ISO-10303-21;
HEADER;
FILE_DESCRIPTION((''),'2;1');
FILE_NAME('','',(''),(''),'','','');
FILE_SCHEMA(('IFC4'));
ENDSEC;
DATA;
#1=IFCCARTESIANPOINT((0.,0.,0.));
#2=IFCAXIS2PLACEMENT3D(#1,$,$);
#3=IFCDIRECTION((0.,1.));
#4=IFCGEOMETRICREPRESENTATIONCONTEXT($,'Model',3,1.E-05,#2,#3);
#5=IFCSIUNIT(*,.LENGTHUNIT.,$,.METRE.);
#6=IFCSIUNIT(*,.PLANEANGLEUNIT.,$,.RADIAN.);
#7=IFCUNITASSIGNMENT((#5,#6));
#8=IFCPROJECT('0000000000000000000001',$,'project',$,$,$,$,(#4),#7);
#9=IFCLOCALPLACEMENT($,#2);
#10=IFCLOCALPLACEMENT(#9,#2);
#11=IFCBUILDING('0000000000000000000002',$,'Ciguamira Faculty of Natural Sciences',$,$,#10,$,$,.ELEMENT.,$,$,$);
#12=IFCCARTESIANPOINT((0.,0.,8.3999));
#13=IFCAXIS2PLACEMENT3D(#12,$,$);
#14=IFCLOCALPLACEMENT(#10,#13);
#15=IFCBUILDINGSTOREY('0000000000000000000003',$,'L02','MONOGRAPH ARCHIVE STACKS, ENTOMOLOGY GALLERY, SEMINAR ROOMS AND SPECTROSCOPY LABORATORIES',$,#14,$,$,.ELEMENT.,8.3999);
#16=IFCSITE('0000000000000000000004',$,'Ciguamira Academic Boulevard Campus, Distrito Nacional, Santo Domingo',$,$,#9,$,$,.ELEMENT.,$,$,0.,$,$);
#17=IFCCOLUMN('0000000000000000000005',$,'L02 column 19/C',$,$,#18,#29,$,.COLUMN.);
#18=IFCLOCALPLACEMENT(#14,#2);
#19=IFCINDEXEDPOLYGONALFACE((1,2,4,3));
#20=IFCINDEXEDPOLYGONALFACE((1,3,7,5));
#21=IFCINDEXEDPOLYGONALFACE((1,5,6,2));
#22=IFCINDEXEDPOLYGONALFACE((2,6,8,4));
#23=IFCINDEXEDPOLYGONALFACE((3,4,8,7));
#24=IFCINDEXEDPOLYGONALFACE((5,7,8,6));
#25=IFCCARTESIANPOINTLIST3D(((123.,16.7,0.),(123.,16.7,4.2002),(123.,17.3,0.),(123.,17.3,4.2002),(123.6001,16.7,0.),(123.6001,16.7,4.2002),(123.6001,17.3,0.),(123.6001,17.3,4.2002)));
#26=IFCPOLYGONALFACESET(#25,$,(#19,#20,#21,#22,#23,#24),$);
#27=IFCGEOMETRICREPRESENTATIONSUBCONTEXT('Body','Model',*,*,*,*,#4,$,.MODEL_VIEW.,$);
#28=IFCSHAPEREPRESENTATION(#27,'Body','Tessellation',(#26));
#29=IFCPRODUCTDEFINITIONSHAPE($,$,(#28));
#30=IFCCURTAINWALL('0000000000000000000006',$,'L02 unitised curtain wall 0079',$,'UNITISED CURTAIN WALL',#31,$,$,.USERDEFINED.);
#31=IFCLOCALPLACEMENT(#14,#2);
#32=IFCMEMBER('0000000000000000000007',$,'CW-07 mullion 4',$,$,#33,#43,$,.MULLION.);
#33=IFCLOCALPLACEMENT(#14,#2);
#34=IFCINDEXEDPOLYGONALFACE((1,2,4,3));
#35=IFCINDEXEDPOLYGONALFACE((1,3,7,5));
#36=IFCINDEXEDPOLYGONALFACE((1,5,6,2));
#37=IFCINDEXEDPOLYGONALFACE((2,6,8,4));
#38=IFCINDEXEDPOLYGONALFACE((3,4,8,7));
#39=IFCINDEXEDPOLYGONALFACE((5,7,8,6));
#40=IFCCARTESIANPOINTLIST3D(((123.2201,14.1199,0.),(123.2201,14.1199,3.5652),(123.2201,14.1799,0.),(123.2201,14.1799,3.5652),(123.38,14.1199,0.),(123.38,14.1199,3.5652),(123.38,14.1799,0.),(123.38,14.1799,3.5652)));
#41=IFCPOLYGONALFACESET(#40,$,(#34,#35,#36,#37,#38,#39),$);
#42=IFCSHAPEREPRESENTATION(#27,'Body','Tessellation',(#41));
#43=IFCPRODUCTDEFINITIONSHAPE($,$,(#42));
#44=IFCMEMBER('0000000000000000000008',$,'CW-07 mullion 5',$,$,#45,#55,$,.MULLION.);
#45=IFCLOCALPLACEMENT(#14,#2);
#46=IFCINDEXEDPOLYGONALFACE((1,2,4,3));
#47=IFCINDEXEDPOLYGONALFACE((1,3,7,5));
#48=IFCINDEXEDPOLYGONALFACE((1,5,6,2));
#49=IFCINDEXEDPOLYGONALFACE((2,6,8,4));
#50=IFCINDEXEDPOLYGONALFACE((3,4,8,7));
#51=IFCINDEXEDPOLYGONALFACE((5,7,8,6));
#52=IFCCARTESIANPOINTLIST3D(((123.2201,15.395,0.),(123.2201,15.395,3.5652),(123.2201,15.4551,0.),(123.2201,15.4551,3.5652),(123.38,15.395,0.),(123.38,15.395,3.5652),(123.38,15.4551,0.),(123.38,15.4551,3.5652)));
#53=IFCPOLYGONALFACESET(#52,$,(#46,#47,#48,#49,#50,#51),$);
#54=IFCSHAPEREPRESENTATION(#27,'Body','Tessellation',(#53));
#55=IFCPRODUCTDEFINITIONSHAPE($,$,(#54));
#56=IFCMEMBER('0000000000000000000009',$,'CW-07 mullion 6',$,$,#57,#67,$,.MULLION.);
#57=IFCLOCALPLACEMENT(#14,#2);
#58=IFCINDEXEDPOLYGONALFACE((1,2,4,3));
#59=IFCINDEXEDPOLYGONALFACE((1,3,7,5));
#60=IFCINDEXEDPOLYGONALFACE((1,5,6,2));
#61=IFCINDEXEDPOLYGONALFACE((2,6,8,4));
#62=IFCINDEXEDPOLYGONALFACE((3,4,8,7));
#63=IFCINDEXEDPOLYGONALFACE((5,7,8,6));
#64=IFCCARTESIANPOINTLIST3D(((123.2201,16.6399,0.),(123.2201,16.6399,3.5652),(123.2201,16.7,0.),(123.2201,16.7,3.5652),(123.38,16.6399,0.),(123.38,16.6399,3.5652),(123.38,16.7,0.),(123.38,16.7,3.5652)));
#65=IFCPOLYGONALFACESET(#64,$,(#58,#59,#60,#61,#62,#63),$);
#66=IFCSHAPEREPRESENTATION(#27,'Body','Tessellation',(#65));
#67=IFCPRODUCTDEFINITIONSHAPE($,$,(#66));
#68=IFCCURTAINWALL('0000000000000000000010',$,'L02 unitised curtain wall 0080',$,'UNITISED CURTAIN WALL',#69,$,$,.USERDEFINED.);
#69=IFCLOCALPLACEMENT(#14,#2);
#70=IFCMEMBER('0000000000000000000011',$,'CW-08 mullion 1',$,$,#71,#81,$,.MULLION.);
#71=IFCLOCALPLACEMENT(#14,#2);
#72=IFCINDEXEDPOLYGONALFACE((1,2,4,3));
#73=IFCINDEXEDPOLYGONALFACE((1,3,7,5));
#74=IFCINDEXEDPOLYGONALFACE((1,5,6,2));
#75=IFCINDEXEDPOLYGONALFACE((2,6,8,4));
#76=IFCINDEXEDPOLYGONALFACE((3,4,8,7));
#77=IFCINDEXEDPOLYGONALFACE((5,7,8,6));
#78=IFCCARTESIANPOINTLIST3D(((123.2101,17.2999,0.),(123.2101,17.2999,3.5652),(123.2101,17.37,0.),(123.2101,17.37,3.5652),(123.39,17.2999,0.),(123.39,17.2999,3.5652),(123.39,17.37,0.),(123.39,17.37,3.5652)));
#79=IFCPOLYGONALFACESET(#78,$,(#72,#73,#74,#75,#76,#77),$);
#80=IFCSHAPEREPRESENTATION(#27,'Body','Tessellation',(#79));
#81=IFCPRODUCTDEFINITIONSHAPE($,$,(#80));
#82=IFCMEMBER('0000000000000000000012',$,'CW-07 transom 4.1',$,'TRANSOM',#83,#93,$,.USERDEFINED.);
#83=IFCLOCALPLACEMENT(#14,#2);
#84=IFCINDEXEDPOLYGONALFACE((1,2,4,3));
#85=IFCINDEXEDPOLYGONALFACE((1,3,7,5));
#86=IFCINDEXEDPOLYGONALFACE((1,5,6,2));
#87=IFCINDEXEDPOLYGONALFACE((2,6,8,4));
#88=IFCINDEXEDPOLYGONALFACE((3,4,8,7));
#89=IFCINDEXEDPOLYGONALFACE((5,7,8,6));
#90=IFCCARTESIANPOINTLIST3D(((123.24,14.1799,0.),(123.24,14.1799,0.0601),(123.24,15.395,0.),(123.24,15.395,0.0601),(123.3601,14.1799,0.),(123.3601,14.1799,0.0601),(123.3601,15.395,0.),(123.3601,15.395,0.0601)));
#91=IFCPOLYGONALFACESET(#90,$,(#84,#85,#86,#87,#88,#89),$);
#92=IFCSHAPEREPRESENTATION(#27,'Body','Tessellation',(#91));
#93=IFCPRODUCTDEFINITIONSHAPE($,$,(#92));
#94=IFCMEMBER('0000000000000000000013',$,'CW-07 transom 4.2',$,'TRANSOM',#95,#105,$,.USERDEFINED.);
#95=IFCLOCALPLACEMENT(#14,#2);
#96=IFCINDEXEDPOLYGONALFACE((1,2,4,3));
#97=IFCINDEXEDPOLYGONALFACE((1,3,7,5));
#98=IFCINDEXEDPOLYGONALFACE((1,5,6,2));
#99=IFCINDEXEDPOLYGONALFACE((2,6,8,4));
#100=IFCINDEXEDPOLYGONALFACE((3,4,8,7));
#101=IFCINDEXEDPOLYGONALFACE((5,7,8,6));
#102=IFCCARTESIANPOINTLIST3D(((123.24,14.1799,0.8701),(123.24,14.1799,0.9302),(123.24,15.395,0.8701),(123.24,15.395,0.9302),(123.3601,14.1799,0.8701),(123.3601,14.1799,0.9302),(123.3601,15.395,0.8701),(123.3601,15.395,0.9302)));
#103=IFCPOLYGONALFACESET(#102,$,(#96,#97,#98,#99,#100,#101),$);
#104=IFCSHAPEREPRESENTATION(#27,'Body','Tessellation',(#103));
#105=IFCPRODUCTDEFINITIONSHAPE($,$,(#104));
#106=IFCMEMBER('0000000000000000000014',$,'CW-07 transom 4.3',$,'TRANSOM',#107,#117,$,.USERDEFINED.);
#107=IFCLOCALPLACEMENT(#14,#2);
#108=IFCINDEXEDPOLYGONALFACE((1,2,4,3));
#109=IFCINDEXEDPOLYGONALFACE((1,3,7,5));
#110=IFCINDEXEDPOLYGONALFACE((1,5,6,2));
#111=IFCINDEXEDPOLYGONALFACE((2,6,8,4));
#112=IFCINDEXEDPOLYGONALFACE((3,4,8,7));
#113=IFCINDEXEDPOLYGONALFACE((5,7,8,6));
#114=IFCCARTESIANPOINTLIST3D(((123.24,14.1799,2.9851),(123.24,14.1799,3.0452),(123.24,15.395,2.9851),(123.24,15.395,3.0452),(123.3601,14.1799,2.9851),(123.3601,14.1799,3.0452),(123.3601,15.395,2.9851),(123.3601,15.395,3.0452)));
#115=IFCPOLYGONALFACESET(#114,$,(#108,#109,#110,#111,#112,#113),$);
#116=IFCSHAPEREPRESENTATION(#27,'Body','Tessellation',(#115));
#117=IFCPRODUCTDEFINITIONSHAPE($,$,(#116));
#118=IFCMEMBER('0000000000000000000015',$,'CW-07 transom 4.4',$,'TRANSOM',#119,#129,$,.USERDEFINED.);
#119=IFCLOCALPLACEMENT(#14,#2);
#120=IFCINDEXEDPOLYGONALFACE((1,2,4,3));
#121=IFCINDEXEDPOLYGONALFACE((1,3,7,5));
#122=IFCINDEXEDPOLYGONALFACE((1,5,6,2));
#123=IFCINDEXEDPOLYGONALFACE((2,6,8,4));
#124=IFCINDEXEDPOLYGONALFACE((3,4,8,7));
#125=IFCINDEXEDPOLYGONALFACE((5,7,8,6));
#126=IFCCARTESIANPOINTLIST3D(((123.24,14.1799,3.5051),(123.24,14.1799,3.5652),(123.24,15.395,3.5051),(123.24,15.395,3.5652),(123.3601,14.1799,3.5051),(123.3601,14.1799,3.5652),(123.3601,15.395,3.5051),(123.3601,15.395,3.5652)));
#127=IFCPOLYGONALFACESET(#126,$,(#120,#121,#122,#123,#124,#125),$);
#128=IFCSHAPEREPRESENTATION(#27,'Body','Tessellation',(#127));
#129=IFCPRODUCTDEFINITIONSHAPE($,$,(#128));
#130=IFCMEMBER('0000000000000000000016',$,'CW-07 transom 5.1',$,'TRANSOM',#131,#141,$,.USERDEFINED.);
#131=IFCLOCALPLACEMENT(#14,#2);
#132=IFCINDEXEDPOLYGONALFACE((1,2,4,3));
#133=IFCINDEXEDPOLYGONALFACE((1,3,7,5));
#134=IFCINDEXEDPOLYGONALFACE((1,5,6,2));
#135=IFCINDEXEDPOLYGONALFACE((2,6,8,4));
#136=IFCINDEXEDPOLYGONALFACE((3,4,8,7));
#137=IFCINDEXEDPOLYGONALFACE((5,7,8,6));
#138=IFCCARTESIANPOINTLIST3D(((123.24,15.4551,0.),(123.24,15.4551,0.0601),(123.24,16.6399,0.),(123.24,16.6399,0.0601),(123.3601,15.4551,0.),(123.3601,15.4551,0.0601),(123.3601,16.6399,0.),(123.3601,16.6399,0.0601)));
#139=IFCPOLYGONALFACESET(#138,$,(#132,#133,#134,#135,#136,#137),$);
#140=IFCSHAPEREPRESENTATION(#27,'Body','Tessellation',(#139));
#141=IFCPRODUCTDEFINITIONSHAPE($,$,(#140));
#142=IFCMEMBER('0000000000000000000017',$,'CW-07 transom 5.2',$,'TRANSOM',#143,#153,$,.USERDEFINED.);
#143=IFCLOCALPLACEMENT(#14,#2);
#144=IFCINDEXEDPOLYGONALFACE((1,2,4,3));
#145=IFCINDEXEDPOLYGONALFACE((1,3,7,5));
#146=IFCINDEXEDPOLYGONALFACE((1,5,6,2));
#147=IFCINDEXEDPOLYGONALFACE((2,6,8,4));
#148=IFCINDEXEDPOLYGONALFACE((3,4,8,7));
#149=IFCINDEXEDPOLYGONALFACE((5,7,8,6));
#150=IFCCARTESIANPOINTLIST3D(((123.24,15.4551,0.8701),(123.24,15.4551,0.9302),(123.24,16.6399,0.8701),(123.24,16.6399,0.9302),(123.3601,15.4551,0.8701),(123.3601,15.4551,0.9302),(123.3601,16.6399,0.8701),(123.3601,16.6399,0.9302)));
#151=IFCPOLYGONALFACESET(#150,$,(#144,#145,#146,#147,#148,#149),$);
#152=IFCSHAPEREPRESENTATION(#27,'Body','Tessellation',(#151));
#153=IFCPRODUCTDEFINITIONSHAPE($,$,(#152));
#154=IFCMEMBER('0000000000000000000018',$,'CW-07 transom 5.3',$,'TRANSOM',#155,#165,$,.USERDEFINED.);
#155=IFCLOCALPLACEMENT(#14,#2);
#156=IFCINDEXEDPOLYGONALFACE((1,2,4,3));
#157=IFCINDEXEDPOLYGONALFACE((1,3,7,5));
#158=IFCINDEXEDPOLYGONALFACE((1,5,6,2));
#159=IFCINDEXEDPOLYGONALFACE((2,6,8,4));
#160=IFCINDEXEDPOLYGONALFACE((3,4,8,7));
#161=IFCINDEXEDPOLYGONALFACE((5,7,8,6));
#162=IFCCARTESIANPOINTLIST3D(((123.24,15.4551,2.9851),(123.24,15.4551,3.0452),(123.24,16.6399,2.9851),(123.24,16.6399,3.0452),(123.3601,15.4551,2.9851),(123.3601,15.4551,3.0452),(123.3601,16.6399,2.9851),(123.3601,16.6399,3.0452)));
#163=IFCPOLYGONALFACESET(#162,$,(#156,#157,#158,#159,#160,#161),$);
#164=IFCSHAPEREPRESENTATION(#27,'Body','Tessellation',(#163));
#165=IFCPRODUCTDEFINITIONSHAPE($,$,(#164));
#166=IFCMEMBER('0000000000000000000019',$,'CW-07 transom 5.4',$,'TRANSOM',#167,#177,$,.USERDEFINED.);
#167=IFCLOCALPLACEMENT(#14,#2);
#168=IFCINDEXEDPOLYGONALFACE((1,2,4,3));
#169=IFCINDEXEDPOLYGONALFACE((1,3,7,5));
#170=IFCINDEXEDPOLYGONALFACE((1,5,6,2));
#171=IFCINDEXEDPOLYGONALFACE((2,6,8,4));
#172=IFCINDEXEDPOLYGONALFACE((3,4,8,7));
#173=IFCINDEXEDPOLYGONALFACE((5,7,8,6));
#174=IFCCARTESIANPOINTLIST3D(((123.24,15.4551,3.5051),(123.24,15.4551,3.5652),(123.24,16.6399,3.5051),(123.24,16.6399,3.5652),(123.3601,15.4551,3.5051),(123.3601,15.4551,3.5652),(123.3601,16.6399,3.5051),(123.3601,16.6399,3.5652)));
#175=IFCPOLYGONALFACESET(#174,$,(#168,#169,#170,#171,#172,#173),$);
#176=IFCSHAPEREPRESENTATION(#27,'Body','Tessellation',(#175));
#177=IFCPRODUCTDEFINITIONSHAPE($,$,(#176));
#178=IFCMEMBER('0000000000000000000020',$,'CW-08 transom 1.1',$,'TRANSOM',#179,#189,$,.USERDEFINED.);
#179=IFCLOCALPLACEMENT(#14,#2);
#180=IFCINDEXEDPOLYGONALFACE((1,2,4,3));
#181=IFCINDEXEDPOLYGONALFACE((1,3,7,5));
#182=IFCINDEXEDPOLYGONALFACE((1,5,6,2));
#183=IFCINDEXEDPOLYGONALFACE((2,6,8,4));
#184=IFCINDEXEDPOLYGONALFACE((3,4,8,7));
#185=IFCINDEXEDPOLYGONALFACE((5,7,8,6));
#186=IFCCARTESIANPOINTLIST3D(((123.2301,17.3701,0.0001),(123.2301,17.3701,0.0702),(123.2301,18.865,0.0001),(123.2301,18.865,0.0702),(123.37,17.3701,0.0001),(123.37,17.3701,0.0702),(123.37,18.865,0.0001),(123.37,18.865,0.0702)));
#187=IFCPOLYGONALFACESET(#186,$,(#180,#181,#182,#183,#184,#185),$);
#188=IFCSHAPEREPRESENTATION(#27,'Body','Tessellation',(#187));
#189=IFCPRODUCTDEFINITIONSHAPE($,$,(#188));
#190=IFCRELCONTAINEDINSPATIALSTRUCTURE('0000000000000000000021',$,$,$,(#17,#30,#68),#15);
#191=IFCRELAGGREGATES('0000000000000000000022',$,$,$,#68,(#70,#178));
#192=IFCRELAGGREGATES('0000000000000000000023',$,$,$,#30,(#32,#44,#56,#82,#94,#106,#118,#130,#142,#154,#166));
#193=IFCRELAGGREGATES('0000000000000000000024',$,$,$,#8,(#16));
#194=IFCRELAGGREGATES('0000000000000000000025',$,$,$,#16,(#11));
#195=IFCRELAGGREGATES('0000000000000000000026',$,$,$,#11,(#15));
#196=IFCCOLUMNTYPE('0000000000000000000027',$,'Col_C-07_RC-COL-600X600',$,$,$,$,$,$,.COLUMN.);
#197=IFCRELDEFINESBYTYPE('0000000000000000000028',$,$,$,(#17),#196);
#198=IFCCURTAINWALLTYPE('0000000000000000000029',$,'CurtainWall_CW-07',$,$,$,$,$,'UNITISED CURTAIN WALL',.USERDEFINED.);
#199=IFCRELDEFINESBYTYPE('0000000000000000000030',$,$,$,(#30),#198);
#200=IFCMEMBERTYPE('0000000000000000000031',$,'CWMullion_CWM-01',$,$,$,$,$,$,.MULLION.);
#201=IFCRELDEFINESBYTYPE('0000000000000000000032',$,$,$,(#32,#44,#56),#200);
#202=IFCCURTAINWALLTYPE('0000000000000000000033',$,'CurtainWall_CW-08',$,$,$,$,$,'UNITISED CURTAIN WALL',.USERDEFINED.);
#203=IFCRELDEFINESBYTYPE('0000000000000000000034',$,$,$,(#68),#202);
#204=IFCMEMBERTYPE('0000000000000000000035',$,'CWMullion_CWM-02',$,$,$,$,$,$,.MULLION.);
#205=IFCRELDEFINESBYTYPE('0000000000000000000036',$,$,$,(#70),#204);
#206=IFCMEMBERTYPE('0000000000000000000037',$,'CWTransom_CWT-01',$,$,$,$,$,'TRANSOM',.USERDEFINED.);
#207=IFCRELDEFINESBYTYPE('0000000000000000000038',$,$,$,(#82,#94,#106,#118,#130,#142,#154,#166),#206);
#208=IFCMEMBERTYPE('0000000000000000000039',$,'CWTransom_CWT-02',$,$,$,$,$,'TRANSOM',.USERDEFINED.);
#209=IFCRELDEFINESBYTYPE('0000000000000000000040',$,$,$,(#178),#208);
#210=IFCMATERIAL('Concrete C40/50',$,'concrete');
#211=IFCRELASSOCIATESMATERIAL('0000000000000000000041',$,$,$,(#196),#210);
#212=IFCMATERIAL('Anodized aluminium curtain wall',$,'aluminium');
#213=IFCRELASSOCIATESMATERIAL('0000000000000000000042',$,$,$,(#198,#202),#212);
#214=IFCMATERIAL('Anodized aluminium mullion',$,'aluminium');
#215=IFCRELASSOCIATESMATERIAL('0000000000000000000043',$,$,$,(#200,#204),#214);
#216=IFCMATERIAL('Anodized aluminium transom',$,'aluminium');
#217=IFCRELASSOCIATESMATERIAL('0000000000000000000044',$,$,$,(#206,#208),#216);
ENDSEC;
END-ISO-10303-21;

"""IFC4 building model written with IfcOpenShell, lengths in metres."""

from ifc_helpers import new_model, si_unit, direction, frame, origin, origin_2d, place, context, subcontext, project, spatial, rectangle, extrude, material, material_profile, profile_set, type_object, element, aggregate, save


model = new_model("IFC4")

# Units and contexts
model_context = context("Model", 3, precision=1e-05, world=origin(), true_north=direction((0.0, 1.0)))
body_context = subcontext(model_context, "Body", "Model", "MODEL_VIEW")
ifc_project = project(units=[si_unit("LENGTHUNIT", "METRE"), si_unit("PLANEANGLEUNIT", "RADIAN")], contexts=[model_context])

# Site, building, storey
site_placement = place(None, origin())
site = spatial("IfcSite", under=ifc_project, at=site_placement, Name="Ciguamira Academic Boulevard Campus, Distrito Nacional, Santo Domingo", CompositionType="ELEMENT", RefElevation=0.0)
building_placement = place(site_placement, origin())
building = spatial("IfcBuilding", under=site, at=building_placement, Name="Ciguamira Faculty of Natural Sciences", CompositionType="ELEMENT")
storey_placement = place(building_placement, frame((0.0, 0.0, 8.3999)))
storey = spatial("IfcBuildingStorey", under=building, at=storey_placement, Name="L02", Description="MONOGRAPH ARCHIVE STACKS, ENTOMOLOGY GALLERY, SEMINAR ROOMS AND SPECTROSCOPY LABORATORIES", CompositionType="ELEMENT", Elevation=8.3999)

# Column
ifc_material_1 = material(Name="Concrete C40/50", Category="concrete")
ifc_material_profile_1 = material_profile(ifc_material_1, rectangle(XDim=0.6001, YDim=0.6001, at=origin_2d()), Name="RC-COL-600X600")
ifc_profile_set_1 = profile_set([ifc_material_profile_1], Name="Concrete C40/50")
column_type = type_object("IfcColumnType", Name="Col_C-07_RC-COL-600X600", PredefinedType="COLUMN", material=ifc_profile_set_1)
column_placement = place(storey_placement, frame((123.3, 17.0, 0.0), z_axis=(0.0, 0.0, 1.0), x_axis=(1.0, 0.0, 0.0)))
element("IfcColumn", 1, at=column_placement, inside=storey, type_object=column_type, Name="L02 column 19/C", PredefinedType="COLUMN", context=body_context, shape_type="SweptSolid", body=[
    extrude(rectangle(XDim=0.6001, YDim=0.6001, at=origin_2d()), origin(), (0.0, 0.0, 1.0), 4.2002),
])

# Curtain wall, members
ifc_material_2 = material(Name="Anodized aluminium curtain wall", Category="aluminium")
curtain_wall_type_1 = type_object("IfcCurtainWallType", Name="CurtainWall_CW-07", ElementType="UNITISED CURTAIN WALL", PredefinedType="USERDEFINED", material=ifc_material_2)
curtain_wall_1_placement = place(storey_placement, origin())
curtain_wall_1 = element("IfcCurtainWall", 2, at=curtain_wall_1_placement, inside=storey, type_object=curtain_wall_type_1, Name="L02 unitised curtain wall 0079", ObjectType="UNITISED CURTAIN WALL", PredefinedType="USERDEFINED")
ifc_material_3 = material(Name="Anodized aluminium mullion", Category="aluminium")
ifc_material_profile_2 = material_profile(ifc_material_3, rectangle(XDim=0.0601, YDim=0.1599, at=origin_2d()), Name="ALU-MUL-60X160")
ifc_profile_set_2 = profile_set([ifc_material_profile_2], Name="Anodized aluminium mullion")
member_type_1 = type_object("IfcMemberType", Name="CWMullion_CWM-01", PredefinedType="MULLION", material=ifc_profile_set_2)
member_1_placement = place(storey_placement, frame((123.3, 14.1499, 0.0), z_axis=(0.0, 0.0, 1.0), x_axis=(0.0, 1.0, 0.0)))
member_1 = element("IfcMember", 3, at=member_1_placement, type_object=member_type_1, Name="CW-07 mullion 4", PredefinedType="MULLION", context=body_context, shape_type="SweptSolid", body=[
    extrude(rectangle(XDim=0.0601, YDim=0.1599, at=origin_2d()), origin(), (0.0, 0.0, 1.0), 3.5652),
])
member_2_placement = place(storey_placement, frame((123.3, 15.425, 0.0), z_axis=(0.0, 0.0, 1.0), x_axis=(0.0, 1.0, 0.0)))
member_2 = element("IfcMember", 4, at=member_2_placement, type_object=member_type_1, Name="CW-07 mullion 5", PredefinedType="MULLION", context=body_context, shape_type="SweptSolid", body=[
    extrude(rectangle(XDim=0.0601, YDim=0.1599, at=origin_2d()), origin(), (0.0, 0.0, 1.0), 3.5652),
])
member_3_placement = place(storey_placement, frame((123.3, 16.6699, 0.0), z_axis=(0.0, 0.0, 1.0), x_axis=(0.0, 1.0, 0.0)))
member_3 = element("IfcMember", 5, at=member_3_placement, type_object=member_type_1, Name="CW-07 mullion 6", PredefinedType="MULLION", context=body_context, shape_type="SweptSolid", body=[
    extrude(rectangle(XDim=0.0601, YDim=0.1599, at=origin_2d()), origin(), (0.0, 0.0, 1.0), 3.5652),
])

# Curtain wall, member
curtain_wall_type_2 = type_object("IfcCurtainWallType", Name="CurtainWall_CW-08", ElementType="UNITISED CURTAIN WALL", PredefinedType="USERDEFINED", material=ifc_material_2)
curtain_wall_2_placement = place(storey_placement, origin())
curtain_wall_2 = element("IfcCurtainWall", 6, at=curtain_wall_2_placement, inside=storey, type_object=curtain_wall_type_2, Name="L02 unitised curtain wall 0080", ObjectType="UNITISED CURTAIN WALL", PredefinedType="USERDEFINED")
ifc_material_profile_3 = material_profile(ifc_material_3, rectangle(XDim=0.0701, YDim=0.1799, at=origin_2d()), Name="ALU-MUL-70X180")
ifc_profile_set_3 = profile_set([ifc_material_profile_3], Name="Anodized aluminium mullion")
member_type_2 = type_object("IfcMemberType", Name="CWMullion_CWM-02", PredefinedType="MULLION", material=ifc_profile_set_3)
member_4_placement = place(storey_placement, frame((123.3, 17.335, 0.0), z_axis=(0.0, 0.0, 1.0), x_axis=(0.0, 1.0, 0.0)))
member_4 = element("IfcMember", 7, at=member_4_placement, type_object=member_type_2, Name="CW-08 mullion 1", PredefinedType="MULLION", context=body_context, shape_type="SweptSolid", body=[
    extrude(rectangle(XDim=0.0701, YDim=0.1799, at=origin_2d()), origin(), (0.0, 0.0, 1.0), 3.5652),
])

# Members
ifc_material_4 = material(Name="Anodized aluminium transom", Category="aluminium")
ifc_material_profile_4 = material_profile(ifc_material_4, rectangle(XDim=0.0601, YDim=0.1201, at=origin_2d()), Name="ALU-TRN-60X120")
ifc_profile_set_4 = profile_set([ifc_material_profile_4], Name="Anodized aluminium transom")
member_type_3 = type_object("IfcMemberType", Name="CWTransom_CWT-01", ElementType="TRANSOM", PredefinedType="USERDEFINED", material=ifc_profile_set_4)
member_5_placement = place(storey_placement, frame((123.3, 14.1799, 0.03), z_axis=(0.0, 1.0, 0.0), x_axis=(0.0, 0.0, 1.0)))
member_5 = element("IfcMember", 8, at=member_5_placement, type_object=member_type_3, Name="CW-07 transom 4.1", ObjectType="TRANSOM", PredefinedType="USERDEFINED", context=body_context, shape_type="SweptSolid", body=[
    extrude(rectangle(XDim=0.0601, YDim=0.1201, at=origin_2d()), origin(), (0.0, 0.0, 1.0), 1.2151),
])
member_6_placement = place(storey_placement, frame((123.3, 14.1799, 0.9001), z_axis=(0.0, 1.0, 0.0), x_axis=(0.0, 0.0, 1.0)))
member_6 = element("IfcMember", 9, at=member_6_placement, type_object=member_type_3, Name="CW-07 transom 4.2", ObjectType="TRANSOM", PredefinedType="USERDEFINED", context=body_context, shape_type="SweptSolid", body=[
    extrude(rectangle(XDim=0.0601, YDim=0.1201, at=origin_2d()), origin(), (0.0, 0.0, 1.0), 1.2151),
])
member_7_placement = place(storey_placement, frame((123.3, 14.1799, 3.0151), z_axis=(0.0, 1.0, 0.0), x_axis=(0.0, 0.0, 1.0)))
member_7 = element("IfcMember", 10, at=member_7_placement, type_object=member_type_3, Name="CW-07 transom 4.3", ObjectType="TRANSOM", PredefinedType="USERDEFINED", context=body_context, shape_type="SweptSolid", body=[
    extrude(rectangle(XDim=0.0601, YDim=0.1201, at=origin_2d()), origin(), (0.0, 0.0, 1.0), 1.2151),
])
member_8_placement = place(storey_placement, frame((123.3, 14.1799, 3.5352), z_axis=(0.0, 1.0, 0.0), x_axis=(0.0, 0.0, 1.0)))
member_8 = element("IfcMember", 11, at=member_8_placement, type_object=member_type_3, Name="CW-07 transom 4.4", ObjectType="TRANSOM", PredefinedType="USERDEFINED", context=body_context, shape_type="SweptSolid", body=[
    extrude(rectangle(XDim=0.0601, YDim=0.1201, at=origin_2d()), origin(), (0.0, 0.0, 1.0), 1.2151),
])
member_9_placement = place(storey_placement, frame((123.3, 15.4551, 0.03), z_axis=(0.0, 1.0, 0.0), x_axis=(0.0, 0.0, 1.0)))
member_9 = element("IfcMember", 12, at=member_9_placement, type_object=member_type_3, Name="CW-07 transom 5.1", ObjectType="TRANSOM", PredefinedType="USERDEFINED", context=body_context, shape_type="SweptSolid", body=[
    extrude(rectangle(XDim=0.0601, YDim=0.1201, at=origin_2d()), origin(), (0.0, 0.0, 1.0), 1.1848),
])
member_10_placement = place(storey_placement, frame((123.3, 15.4551, 0.9001), z_axis=(0.0, 1.0, 0.0), x_axis=(0.0, 0.0, 1.0)))
member_10 = element("IfcMember", 13, at=member_10_placement, type_object=member_type_3, Name="CW-07 transom 5.2", ObjectType="TRANSOM", PredefinedType="USERDEFINED", context=body_context, shape_type="SweptSolid", body=[
    extrude(rectangle(XDim=0.0601, YDim=0.1201, at=origin_2d()), origin(), (0.0, 0.0, 1.0), 1.1848),
])
member_11_placement = place(storey_placement, frame((123.3, 15.4551, 3.0151), z_axis=(0.0, 1.0, 0.0), x_axis=(0.0, 0.0, 1.0)))
member_11 = element("IfcMember", 14, at=member_11_placement, type_object=member_type_3, Name="CW-07 transom 5.3", ObjectType="TRANSOM", PredefinedType="USERDEFINED", context=body_context, shape_type="SweptSolid", body=[
    extrude(rectangle(XDim=0.0601, YDim=0.1201, at=origin_2d()), origin(), (0.0, 0.0, 1.0), 1.1848),
])
member_12_placement = place(storey_placement, frame((123.3, 15.4551, 3.5352), z_axis=(0.0, 1.0, 0.0), x_axis=(0.0, 0.0, 1.0)))
member_12 = element("IfcMember", 15, at=member_12_placement, type_object=member_type_3, Name="CW-07 transom 5.4", ObjectType="TRANSOM", PredefinedType="USERDEFINED", context=body_context, shape_type="SweptSolid", body=[
    extrude(rectangle(XDim=0.0601, YDim=0.1201, at=origin_2d()), origin(), (0.0, 0.0, 1.0), 1.1848),
])
ifc_material_profile_5 = material_profile(ifc_material_4, rectangle(XDim=0.0701, YDim=0.1399, at=origin_2d()), Name="ALU-TRN-70X140")
ifc_profile_set_5 = profile_set([ifc_material_profile_5], Name="Anodized aluminium transom")
member_type_4 = type_object("IfcMemberType", Name="CWTransom_CWT-02", ElementType="TRANSOM", PredefinedType="USERDEFINED", material=ifc_profile_set_5)
member_13_placement = place(storey_placement, frame((123.3, 17.3701, 0.0352), z_axis=(0.0, 1.0, 0.0), x_axis=(0.0, 0.0, 1.0)))
member_13 = element("IfcMember", 16, at=member_13_placement, type_object=member_type_4, Name="CW-08 transom 1.1", ObjectType="TRANSOM", PredefinedType="USERDEFINED", context=body_context, shape_type="SweptSolid", body=[
    extrude(rectangle(XDim=0.0701, YDim=0.1399, at=origin_2d()), origin(), (0.0, 0.0, 1.0), 1.4949),
])
aggregate(curtain_wall_2, [member_4, member_13])

aggregate(curtain_wall_1, [member_1, member_2, member_3, member_5, member_6, member_7, member_8, member_9, member_10, member_11, member_12])

save(model, "model.ifc")
